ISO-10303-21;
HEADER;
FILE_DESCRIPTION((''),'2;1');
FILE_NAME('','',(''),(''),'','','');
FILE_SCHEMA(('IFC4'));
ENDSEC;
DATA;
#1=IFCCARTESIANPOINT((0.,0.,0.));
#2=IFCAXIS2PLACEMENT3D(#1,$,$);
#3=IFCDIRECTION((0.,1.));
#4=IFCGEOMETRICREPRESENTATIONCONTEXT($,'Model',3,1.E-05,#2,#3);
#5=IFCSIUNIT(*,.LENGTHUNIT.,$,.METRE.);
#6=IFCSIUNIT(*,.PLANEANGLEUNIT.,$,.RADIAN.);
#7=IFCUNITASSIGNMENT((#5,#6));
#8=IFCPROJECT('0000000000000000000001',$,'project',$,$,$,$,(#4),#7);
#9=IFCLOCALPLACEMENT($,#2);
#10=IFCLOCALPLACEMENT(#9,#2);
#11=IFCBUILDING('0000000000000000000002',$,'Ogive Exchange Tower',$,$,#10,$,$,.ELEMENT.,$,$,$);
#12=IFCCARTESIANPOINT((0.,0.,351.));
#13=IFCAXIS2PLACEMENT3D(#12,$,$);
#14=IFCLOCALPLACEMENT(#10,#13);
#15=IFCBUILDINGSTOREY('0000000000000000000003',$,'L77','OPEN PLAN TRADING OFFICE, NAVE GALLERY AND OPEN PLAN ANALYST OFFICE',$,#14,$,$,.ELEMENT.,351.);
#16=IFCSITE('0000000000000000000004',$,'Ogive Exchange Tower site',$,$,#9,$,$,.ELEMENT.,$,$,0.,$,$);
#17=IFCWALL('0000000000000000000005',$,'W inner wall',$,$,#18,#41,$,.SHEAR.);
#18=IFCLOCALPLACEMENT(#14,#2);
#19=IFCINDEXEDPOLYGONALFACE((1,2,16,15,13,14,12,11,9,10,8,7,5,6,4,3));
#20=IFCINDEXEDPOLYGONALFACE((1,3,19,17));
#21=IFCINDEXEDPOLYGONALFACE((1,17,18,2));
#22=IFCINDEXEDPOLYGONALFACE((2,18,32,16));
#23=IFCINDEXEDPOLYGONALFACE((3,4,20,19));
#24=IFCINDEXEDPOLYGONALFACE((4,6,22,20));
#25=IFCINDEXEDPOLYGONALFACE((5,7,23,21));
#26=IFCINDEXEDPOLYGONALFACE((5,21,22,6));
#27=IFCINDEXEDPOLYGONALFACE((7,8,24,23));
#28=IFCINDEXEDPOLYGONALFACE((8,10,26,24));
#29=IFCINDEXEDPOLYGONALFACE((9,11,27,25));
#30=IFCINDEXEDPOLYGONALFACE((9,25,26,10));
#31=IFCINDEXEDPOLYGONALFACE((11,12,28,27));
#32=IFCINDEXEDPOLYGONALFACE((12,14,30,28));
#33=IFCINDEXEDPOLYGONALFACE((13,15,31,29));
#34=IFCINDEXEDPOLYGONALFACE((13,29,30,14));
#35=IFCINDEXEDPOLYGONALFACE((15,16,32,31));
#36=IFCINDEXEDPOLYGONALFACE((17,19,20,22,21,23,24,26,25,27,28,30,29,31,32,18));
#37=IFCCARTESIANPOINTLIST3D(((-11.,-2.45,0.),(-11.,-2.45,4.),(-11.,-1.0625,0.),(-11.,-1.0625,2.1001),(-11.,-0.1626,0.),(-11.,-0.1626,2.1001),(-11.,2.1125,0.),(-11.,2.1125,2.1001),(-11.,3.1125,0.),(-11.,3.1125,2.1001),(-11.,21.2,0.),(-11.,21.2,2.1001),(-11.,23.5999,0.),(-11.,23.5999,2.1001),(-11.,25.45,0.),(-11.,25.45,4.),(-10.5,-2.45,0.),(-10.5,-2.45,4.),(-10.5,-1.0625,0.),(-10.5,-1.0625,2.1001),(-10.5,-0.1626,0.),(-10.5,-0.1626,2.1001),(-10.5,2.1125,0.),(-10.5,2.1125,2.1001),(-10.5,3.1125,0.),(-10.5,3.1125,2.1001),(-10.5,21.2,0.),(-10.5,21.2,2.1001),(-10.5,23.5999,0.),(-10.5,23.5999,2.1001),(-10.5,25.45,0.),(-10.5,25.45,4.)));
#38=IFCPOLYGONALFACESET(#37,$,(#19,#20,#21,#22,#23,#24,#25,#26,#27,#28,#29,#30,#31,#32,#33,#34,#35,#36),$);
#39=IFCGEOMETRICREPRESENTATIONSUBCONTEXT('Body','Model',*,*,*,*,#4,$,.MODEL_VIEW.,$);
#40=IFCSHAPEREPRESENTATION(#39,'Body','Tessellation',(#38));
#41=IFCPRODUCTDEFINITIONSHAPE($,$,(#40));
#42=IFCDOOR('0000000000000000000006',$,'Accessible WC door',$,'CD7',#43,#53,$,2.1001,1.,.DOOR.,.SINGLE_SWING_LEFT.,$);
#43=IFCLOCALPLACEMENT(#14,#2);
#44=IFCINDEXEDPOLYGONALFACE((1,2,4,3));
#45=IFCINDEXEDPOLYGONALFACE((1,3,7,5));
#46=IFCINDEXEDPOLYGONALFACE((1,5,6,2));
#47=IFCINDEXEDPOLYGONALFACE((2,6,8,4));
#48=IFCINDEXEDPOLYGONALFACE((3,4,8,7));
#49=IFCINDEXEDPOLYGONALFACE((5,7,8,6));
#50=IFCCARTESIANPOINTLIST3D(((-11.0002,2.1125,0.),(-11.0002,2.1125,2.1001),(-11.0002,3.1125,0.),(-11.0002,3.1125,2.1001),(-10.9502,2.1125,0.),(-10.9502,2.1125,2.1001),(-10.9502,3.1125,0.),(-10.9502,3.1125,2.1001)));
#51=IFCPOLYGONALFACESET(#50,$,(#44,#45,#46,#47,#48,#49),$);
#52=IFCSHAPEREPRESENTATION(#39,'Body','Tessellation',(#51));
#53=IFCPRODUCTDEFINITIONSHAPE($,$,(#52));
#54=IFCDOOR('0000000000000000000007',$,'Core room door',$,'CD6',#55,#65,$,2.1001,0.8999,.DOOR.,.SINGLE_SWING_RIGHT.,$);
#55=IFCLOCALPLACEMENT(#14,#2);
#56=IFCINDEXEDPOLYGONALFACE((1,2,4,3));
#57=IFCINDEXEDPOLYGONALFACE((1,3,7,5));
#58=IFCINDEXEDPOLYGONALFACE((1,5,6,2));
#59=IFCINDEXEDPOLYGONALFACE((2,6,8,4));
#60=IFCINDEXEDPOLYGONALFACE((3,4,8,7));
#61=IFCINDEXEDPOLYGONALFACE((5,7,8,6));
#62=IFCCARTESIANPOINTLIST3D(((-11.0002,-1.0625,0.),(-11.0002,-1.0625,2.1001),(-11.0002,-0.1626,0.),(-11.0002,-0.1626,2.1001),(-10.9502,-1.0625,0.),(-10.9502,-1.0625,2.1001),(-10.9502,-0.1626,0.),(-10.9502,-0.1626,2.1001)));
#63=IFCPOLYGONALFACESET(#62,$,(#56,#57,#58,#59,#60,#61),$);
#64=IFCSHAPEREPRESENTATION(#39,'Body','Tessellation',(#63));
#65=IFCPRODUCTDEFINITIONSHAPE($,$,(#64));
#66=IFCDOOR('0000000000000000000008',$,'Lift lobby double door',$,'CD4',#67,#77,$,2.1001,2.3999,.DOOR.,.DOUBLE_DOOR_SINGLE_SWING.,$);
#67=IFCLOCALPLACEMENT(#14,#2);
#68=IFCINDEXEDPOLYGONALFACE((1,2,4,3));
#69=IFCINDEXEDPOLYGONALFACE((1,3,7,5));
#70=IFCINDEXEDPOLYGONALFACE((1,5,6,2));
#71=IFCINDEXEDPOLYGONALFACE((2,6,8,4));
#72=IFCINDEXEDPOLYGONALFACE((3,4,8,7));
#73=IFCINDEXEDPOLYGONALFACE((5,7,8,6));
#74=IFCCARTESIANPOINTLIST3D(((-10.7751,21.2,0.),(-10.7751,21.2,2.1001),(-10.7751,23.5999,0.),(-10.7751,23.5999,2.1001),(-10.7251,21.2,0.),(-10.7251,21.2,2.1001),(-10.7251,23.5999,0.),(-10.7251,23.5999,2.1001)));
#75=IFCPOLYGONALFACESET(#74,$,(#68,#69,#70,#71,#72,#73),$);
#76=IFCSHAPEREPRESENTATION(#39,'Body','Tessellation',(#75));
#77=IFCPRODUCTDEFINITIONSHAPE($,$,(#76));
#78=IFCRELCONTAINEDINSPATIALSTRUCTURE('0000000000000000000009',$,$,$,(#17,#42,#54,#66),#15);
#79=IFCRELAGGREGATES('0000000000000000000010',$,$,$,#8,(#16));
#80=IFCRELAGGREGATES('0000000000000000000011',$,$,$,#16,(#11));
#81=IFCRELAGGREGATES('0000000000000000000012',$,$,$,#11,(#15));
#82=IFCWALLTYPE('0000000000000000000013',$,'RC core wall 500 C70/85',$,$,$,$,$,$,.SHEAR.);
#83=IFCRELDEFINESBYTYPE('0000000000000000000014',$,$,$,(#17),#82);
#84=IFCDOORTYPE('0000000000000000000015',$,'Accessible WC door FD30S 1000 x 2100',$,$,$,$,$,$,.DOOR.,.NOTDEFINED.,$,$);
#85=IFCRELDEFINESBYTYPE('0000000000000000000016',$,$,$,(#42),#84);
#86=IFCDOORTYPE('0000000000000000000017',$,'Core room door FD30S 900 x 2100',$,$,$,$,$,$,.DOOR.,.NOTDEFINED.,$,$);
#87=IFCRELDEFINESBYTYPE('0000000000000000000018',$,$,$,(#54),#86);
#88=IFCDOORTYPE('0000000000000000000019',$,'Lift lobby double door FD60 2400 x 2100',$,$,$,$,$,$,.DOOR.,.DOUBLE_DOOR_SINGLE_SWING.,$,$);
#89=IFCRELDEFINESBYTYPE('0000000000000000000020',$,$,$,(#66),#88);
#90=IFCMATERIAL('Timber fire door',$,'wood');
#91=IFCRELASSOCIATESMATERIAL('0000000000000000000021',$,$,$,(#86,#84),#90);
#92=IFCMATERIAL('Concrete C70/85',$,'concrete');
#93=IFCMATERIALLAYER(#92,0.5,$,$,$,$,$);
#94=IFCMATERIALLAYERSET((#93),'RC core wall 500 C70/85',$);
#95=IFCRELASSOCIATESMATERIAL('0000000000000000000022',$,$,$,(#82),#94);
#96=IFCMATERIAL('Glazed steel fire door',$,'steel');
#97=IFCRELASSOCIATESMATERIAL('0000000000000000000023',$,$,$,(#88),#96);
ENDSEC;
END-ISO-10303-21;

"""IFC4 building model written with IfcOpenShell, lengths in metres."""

from ifc_helpers import new_model, si_unit, direction, frame, frame_2d, origin, place, context, subcontext, project, spatial, rectangle, extrude, material, layer, layer_set, type_object, element, fill, save


model = new_model("IFC4")

# Units and contexts
model_context = context("Model", 3, precision=1e-05, world=origin(), true_north=direction((0.0, 1.0)))
body_context = subcontext(model_context, "Body", "Model", "MODEL_VIEW")
ifc_project = project(units=[si_unit("LENGTHUNIT", "METRE"), si_unit("PLANEANGLEUNIT", "RADIAN")], contexts=[model_context])

# Site, building, storey
site_placement = place(None, origin())
site = spatial("IfcSite", under=ifc_project, at=site_placement, Name="Ogive Exchange Tower site", CompositionType="ELEMENT", RefElevation=0.0)
building_placement = place(site_placement, origin())
building = spatial("IfcBuilding", under=site, at=building_placement, Name="Ogive Exchange Tower", CompositionType="ELEMENT")
storey_placement = place(building_placement, frame((0.0, 0.0, 351.0)))
storey = spatial("IfcBuildingStorey", under=building, at=storey_placement, Name="L77", Description="OPEN PLAN TRADING OFFICE, NAVE GALLERY AND OPEN PLAN ANALYST OFFICE", CompositionType="ELEMENT", Elevation=351.0)

# Shared definitions
ifc_material_1 = material(Name="Concrete C70/85", Category="concrete")

# Wall, openings, doors
ifc_material_2 = material(Name="Timber fire door", Category="wood")
door_type_1 = type_object("IfcDoorType", Name="Core room door FD30S 900 x 2100", OperationType="NOTDEFINED", PredefinedType="DOOR", material=ifc_material_2)
ifc_layer_1 = layer(ifc_material_1, 0.5)
ifc_layer_set_1 = layer_set([ifc_layer_1], Name="RC core wall 500 C70/85")
wall_type_1 = type_object("IfcWallType", Name="RC core wall 500 C70/85", PredefinedType="SHEAR", material=ifc_layer_set_1)
wall_1_placement = place(storey_placement, frame((-10.75, -2.45, 0.0), z_axis=(0.0, 0.0, 1.0), x_axis=(0.0, 1.0, 0.0)))
wall_1 = element("IfcWall", 1, at=wall_1_placement, inside=storey, type_object=wall_type_1, Name="W inner wall", PredefinedType="SHEAR", context=body_context, shape_type="SweptSolid", body=[
    extrude(rectangle(XDim=27.8999, YDim=0.5, at=frame_2d((13.95, 0.0))), origin(), (0.0, 0.0, 1.0), 4.0),
])
opening_1_placement = place(wall_1_placement, frame((23.6499, 0.0, 0.0)))
opening_1 = element("IfcOpeningElement", 2, at=opening_1_placement, cuts=wall_1, PredefinedType="OPENING", context=body_context, shape_type="SweptSolid", body=[
    extrude(rectangle(XDim=2.3999, YDim=2.1001, at=frame_2d((1.2, 1.05))), frame((0.0, 0.26, 0.0), z_axis=(0.0, -1.0, 0.0), x_axis=(1.0, 0.0, 0.0)), (0.0, 0.0, 1.0), 0.52),
])
opening_2_placement = place(wall_1_placement, frame((1.3875, 0.0, 0.0)))
opening_2 = element("IfcOpeningElement", 3, at=opening_2_placement, cuts=wall_1, PredefinedType="OPENING", context=body_context, shape_type="SweptSolid", body=[
    extrude(rectangle(XDim=0.8999, YDim=2.1001, at=frame_2d((0.45, 1.05))), frame((0.0, 0.26, 0.0), z_axis=(0.0, -1.0, 0.0), x_axis=(1.0, 0.0, 0.0)), (0.0, 0.0, 1.0), 0.52),
])
opening_3_placement = place(wall_1_placement, frame((4.5625, 0.0, 0.0)))
opening_3 = element("IfcOpeningElement", 4, at=opening_3_placement, cuts=wall_1, PredefinedType="OPENING", context=body_context, shape_type="SweptSolid", body=[
    extrude(rectangle(XDim=1.0, YDim=2.1001, at=frame_2d((0.5, 1.05))), frame((0.0, 0.26, 0.0), z_axis=(0.0, -1.0, 0.0), x_axis=(1.0, 0.0, 0.0)), (0.0, 0.0, 1.0), 0.52),
])
door_type_2 = type_object("IfcDoorType", Name="Accessible WC door FD30S 1000 x 2100", OperationType="NOTDEFINED", PredefinedType="DOOR", material=ifc_material_2)
door_1_placement = place(opening_3_placement, frame((1.0, 0.4502, 0.0), z_axis=(0.0, 0.0, 1.0), x_axis=(-1.0, 0.0, 0.0)))
door_1 = element("IfcDoor", 5, at=door_1_placement, inside=storey, type_object=door_type_2, Name="Accessible WC door", ObjectType="CD7", OperationType="SINGLE_SWING_LEFT", OverallHeight=2.1001, OverallWidth=1.0, PredefinedType="DOOR", context=body_context, shape_type="SweptSolid", body=[
    extrude(rectangle(XDim=1.0, YDim=2.1001, at=frame_2d((0.5, 1.05))), frame((0.0, 0.25, 0.0), z_axis=(0.0, -1.0, 0.0), x_axis=(1.0, 0.0, 0.0)), (0.0, 0.0, 1.0), 0.05),
])
fill(opening_3, door_1)
door_2_placement = place(opening_2_placement, frame((0.8999, 0.4502, 0.0), z_axis=(0.0, 0.0, 1.0), x_axis=(-1.0, 0.0, 0.0)))
door_2 = element("IfcDoor", 6, at=door_2_placement, inside=storey, type_object=door_type_1, Name="Core room door", ObjectType="CD6", OperationType="SINGLE_SWING_RIGHT", OverallHeight=2.1001, OverallWidth=0.8999, PredefinedType="DOOR", context=body_context, shape_type="SweptSolid", body=[
    extrude(rectangle(XDim=0.8999, YDim=2.1001, at=frame_2d((0.45, 1.05))), frame((0.0, 0.25, 0.0), z_axis=(0.0, -1.0, 0.0), x_axis=(1.0, 0.0, 0.0)), (0.0, 0.0, 1.0), 0.05),
])
fill(opening_2, door_2)
ifc_material_3 = material(Name="Glazed steel fire door", Category="steel")
door_type_3 = type_object("IfcDoorType", Name="Lift lobby double door FD60 2400 x 2100", OperationType="DOUBLE_DOOR_SINGLE_SWING", PredefinedType="DOOR", material=ifc_material_3)
door_3_placement = place(opening_1_placement, frame((2.3999, 0.0, 0.0), z_axis=(0.0, 0.0, 1.0), x_axis=(-1.0, 0.0, 0.0)))
door_3 = element("IfcDoor", 7, at=door_3_placement, inside=storey, type_object=door_type_3, Name="Lift lobby double door", ObjectType="CD4", OperationType="DOUBLE_DOOR_SINGLE_SWING", OverallHeight=2.1001, OverallWidth=2.3999, PredefinedType="DOOR", context=body_context, shape_type="SweptSolid", body=[
    extrude(rectangle(XDim=2.3999, YDim=2.1001, at=frame_2d((1.2, 1.05))), frame((0.0, 0.0249, 0.0), z_axis=(0.0, -1.0, 0.0), x_axis=(1.0, 0.0, 0.0)), (0.0, 0.0, 1.0), 0.05),
])
fill(opening_1, door_3)

save(model, "model.ifc")
